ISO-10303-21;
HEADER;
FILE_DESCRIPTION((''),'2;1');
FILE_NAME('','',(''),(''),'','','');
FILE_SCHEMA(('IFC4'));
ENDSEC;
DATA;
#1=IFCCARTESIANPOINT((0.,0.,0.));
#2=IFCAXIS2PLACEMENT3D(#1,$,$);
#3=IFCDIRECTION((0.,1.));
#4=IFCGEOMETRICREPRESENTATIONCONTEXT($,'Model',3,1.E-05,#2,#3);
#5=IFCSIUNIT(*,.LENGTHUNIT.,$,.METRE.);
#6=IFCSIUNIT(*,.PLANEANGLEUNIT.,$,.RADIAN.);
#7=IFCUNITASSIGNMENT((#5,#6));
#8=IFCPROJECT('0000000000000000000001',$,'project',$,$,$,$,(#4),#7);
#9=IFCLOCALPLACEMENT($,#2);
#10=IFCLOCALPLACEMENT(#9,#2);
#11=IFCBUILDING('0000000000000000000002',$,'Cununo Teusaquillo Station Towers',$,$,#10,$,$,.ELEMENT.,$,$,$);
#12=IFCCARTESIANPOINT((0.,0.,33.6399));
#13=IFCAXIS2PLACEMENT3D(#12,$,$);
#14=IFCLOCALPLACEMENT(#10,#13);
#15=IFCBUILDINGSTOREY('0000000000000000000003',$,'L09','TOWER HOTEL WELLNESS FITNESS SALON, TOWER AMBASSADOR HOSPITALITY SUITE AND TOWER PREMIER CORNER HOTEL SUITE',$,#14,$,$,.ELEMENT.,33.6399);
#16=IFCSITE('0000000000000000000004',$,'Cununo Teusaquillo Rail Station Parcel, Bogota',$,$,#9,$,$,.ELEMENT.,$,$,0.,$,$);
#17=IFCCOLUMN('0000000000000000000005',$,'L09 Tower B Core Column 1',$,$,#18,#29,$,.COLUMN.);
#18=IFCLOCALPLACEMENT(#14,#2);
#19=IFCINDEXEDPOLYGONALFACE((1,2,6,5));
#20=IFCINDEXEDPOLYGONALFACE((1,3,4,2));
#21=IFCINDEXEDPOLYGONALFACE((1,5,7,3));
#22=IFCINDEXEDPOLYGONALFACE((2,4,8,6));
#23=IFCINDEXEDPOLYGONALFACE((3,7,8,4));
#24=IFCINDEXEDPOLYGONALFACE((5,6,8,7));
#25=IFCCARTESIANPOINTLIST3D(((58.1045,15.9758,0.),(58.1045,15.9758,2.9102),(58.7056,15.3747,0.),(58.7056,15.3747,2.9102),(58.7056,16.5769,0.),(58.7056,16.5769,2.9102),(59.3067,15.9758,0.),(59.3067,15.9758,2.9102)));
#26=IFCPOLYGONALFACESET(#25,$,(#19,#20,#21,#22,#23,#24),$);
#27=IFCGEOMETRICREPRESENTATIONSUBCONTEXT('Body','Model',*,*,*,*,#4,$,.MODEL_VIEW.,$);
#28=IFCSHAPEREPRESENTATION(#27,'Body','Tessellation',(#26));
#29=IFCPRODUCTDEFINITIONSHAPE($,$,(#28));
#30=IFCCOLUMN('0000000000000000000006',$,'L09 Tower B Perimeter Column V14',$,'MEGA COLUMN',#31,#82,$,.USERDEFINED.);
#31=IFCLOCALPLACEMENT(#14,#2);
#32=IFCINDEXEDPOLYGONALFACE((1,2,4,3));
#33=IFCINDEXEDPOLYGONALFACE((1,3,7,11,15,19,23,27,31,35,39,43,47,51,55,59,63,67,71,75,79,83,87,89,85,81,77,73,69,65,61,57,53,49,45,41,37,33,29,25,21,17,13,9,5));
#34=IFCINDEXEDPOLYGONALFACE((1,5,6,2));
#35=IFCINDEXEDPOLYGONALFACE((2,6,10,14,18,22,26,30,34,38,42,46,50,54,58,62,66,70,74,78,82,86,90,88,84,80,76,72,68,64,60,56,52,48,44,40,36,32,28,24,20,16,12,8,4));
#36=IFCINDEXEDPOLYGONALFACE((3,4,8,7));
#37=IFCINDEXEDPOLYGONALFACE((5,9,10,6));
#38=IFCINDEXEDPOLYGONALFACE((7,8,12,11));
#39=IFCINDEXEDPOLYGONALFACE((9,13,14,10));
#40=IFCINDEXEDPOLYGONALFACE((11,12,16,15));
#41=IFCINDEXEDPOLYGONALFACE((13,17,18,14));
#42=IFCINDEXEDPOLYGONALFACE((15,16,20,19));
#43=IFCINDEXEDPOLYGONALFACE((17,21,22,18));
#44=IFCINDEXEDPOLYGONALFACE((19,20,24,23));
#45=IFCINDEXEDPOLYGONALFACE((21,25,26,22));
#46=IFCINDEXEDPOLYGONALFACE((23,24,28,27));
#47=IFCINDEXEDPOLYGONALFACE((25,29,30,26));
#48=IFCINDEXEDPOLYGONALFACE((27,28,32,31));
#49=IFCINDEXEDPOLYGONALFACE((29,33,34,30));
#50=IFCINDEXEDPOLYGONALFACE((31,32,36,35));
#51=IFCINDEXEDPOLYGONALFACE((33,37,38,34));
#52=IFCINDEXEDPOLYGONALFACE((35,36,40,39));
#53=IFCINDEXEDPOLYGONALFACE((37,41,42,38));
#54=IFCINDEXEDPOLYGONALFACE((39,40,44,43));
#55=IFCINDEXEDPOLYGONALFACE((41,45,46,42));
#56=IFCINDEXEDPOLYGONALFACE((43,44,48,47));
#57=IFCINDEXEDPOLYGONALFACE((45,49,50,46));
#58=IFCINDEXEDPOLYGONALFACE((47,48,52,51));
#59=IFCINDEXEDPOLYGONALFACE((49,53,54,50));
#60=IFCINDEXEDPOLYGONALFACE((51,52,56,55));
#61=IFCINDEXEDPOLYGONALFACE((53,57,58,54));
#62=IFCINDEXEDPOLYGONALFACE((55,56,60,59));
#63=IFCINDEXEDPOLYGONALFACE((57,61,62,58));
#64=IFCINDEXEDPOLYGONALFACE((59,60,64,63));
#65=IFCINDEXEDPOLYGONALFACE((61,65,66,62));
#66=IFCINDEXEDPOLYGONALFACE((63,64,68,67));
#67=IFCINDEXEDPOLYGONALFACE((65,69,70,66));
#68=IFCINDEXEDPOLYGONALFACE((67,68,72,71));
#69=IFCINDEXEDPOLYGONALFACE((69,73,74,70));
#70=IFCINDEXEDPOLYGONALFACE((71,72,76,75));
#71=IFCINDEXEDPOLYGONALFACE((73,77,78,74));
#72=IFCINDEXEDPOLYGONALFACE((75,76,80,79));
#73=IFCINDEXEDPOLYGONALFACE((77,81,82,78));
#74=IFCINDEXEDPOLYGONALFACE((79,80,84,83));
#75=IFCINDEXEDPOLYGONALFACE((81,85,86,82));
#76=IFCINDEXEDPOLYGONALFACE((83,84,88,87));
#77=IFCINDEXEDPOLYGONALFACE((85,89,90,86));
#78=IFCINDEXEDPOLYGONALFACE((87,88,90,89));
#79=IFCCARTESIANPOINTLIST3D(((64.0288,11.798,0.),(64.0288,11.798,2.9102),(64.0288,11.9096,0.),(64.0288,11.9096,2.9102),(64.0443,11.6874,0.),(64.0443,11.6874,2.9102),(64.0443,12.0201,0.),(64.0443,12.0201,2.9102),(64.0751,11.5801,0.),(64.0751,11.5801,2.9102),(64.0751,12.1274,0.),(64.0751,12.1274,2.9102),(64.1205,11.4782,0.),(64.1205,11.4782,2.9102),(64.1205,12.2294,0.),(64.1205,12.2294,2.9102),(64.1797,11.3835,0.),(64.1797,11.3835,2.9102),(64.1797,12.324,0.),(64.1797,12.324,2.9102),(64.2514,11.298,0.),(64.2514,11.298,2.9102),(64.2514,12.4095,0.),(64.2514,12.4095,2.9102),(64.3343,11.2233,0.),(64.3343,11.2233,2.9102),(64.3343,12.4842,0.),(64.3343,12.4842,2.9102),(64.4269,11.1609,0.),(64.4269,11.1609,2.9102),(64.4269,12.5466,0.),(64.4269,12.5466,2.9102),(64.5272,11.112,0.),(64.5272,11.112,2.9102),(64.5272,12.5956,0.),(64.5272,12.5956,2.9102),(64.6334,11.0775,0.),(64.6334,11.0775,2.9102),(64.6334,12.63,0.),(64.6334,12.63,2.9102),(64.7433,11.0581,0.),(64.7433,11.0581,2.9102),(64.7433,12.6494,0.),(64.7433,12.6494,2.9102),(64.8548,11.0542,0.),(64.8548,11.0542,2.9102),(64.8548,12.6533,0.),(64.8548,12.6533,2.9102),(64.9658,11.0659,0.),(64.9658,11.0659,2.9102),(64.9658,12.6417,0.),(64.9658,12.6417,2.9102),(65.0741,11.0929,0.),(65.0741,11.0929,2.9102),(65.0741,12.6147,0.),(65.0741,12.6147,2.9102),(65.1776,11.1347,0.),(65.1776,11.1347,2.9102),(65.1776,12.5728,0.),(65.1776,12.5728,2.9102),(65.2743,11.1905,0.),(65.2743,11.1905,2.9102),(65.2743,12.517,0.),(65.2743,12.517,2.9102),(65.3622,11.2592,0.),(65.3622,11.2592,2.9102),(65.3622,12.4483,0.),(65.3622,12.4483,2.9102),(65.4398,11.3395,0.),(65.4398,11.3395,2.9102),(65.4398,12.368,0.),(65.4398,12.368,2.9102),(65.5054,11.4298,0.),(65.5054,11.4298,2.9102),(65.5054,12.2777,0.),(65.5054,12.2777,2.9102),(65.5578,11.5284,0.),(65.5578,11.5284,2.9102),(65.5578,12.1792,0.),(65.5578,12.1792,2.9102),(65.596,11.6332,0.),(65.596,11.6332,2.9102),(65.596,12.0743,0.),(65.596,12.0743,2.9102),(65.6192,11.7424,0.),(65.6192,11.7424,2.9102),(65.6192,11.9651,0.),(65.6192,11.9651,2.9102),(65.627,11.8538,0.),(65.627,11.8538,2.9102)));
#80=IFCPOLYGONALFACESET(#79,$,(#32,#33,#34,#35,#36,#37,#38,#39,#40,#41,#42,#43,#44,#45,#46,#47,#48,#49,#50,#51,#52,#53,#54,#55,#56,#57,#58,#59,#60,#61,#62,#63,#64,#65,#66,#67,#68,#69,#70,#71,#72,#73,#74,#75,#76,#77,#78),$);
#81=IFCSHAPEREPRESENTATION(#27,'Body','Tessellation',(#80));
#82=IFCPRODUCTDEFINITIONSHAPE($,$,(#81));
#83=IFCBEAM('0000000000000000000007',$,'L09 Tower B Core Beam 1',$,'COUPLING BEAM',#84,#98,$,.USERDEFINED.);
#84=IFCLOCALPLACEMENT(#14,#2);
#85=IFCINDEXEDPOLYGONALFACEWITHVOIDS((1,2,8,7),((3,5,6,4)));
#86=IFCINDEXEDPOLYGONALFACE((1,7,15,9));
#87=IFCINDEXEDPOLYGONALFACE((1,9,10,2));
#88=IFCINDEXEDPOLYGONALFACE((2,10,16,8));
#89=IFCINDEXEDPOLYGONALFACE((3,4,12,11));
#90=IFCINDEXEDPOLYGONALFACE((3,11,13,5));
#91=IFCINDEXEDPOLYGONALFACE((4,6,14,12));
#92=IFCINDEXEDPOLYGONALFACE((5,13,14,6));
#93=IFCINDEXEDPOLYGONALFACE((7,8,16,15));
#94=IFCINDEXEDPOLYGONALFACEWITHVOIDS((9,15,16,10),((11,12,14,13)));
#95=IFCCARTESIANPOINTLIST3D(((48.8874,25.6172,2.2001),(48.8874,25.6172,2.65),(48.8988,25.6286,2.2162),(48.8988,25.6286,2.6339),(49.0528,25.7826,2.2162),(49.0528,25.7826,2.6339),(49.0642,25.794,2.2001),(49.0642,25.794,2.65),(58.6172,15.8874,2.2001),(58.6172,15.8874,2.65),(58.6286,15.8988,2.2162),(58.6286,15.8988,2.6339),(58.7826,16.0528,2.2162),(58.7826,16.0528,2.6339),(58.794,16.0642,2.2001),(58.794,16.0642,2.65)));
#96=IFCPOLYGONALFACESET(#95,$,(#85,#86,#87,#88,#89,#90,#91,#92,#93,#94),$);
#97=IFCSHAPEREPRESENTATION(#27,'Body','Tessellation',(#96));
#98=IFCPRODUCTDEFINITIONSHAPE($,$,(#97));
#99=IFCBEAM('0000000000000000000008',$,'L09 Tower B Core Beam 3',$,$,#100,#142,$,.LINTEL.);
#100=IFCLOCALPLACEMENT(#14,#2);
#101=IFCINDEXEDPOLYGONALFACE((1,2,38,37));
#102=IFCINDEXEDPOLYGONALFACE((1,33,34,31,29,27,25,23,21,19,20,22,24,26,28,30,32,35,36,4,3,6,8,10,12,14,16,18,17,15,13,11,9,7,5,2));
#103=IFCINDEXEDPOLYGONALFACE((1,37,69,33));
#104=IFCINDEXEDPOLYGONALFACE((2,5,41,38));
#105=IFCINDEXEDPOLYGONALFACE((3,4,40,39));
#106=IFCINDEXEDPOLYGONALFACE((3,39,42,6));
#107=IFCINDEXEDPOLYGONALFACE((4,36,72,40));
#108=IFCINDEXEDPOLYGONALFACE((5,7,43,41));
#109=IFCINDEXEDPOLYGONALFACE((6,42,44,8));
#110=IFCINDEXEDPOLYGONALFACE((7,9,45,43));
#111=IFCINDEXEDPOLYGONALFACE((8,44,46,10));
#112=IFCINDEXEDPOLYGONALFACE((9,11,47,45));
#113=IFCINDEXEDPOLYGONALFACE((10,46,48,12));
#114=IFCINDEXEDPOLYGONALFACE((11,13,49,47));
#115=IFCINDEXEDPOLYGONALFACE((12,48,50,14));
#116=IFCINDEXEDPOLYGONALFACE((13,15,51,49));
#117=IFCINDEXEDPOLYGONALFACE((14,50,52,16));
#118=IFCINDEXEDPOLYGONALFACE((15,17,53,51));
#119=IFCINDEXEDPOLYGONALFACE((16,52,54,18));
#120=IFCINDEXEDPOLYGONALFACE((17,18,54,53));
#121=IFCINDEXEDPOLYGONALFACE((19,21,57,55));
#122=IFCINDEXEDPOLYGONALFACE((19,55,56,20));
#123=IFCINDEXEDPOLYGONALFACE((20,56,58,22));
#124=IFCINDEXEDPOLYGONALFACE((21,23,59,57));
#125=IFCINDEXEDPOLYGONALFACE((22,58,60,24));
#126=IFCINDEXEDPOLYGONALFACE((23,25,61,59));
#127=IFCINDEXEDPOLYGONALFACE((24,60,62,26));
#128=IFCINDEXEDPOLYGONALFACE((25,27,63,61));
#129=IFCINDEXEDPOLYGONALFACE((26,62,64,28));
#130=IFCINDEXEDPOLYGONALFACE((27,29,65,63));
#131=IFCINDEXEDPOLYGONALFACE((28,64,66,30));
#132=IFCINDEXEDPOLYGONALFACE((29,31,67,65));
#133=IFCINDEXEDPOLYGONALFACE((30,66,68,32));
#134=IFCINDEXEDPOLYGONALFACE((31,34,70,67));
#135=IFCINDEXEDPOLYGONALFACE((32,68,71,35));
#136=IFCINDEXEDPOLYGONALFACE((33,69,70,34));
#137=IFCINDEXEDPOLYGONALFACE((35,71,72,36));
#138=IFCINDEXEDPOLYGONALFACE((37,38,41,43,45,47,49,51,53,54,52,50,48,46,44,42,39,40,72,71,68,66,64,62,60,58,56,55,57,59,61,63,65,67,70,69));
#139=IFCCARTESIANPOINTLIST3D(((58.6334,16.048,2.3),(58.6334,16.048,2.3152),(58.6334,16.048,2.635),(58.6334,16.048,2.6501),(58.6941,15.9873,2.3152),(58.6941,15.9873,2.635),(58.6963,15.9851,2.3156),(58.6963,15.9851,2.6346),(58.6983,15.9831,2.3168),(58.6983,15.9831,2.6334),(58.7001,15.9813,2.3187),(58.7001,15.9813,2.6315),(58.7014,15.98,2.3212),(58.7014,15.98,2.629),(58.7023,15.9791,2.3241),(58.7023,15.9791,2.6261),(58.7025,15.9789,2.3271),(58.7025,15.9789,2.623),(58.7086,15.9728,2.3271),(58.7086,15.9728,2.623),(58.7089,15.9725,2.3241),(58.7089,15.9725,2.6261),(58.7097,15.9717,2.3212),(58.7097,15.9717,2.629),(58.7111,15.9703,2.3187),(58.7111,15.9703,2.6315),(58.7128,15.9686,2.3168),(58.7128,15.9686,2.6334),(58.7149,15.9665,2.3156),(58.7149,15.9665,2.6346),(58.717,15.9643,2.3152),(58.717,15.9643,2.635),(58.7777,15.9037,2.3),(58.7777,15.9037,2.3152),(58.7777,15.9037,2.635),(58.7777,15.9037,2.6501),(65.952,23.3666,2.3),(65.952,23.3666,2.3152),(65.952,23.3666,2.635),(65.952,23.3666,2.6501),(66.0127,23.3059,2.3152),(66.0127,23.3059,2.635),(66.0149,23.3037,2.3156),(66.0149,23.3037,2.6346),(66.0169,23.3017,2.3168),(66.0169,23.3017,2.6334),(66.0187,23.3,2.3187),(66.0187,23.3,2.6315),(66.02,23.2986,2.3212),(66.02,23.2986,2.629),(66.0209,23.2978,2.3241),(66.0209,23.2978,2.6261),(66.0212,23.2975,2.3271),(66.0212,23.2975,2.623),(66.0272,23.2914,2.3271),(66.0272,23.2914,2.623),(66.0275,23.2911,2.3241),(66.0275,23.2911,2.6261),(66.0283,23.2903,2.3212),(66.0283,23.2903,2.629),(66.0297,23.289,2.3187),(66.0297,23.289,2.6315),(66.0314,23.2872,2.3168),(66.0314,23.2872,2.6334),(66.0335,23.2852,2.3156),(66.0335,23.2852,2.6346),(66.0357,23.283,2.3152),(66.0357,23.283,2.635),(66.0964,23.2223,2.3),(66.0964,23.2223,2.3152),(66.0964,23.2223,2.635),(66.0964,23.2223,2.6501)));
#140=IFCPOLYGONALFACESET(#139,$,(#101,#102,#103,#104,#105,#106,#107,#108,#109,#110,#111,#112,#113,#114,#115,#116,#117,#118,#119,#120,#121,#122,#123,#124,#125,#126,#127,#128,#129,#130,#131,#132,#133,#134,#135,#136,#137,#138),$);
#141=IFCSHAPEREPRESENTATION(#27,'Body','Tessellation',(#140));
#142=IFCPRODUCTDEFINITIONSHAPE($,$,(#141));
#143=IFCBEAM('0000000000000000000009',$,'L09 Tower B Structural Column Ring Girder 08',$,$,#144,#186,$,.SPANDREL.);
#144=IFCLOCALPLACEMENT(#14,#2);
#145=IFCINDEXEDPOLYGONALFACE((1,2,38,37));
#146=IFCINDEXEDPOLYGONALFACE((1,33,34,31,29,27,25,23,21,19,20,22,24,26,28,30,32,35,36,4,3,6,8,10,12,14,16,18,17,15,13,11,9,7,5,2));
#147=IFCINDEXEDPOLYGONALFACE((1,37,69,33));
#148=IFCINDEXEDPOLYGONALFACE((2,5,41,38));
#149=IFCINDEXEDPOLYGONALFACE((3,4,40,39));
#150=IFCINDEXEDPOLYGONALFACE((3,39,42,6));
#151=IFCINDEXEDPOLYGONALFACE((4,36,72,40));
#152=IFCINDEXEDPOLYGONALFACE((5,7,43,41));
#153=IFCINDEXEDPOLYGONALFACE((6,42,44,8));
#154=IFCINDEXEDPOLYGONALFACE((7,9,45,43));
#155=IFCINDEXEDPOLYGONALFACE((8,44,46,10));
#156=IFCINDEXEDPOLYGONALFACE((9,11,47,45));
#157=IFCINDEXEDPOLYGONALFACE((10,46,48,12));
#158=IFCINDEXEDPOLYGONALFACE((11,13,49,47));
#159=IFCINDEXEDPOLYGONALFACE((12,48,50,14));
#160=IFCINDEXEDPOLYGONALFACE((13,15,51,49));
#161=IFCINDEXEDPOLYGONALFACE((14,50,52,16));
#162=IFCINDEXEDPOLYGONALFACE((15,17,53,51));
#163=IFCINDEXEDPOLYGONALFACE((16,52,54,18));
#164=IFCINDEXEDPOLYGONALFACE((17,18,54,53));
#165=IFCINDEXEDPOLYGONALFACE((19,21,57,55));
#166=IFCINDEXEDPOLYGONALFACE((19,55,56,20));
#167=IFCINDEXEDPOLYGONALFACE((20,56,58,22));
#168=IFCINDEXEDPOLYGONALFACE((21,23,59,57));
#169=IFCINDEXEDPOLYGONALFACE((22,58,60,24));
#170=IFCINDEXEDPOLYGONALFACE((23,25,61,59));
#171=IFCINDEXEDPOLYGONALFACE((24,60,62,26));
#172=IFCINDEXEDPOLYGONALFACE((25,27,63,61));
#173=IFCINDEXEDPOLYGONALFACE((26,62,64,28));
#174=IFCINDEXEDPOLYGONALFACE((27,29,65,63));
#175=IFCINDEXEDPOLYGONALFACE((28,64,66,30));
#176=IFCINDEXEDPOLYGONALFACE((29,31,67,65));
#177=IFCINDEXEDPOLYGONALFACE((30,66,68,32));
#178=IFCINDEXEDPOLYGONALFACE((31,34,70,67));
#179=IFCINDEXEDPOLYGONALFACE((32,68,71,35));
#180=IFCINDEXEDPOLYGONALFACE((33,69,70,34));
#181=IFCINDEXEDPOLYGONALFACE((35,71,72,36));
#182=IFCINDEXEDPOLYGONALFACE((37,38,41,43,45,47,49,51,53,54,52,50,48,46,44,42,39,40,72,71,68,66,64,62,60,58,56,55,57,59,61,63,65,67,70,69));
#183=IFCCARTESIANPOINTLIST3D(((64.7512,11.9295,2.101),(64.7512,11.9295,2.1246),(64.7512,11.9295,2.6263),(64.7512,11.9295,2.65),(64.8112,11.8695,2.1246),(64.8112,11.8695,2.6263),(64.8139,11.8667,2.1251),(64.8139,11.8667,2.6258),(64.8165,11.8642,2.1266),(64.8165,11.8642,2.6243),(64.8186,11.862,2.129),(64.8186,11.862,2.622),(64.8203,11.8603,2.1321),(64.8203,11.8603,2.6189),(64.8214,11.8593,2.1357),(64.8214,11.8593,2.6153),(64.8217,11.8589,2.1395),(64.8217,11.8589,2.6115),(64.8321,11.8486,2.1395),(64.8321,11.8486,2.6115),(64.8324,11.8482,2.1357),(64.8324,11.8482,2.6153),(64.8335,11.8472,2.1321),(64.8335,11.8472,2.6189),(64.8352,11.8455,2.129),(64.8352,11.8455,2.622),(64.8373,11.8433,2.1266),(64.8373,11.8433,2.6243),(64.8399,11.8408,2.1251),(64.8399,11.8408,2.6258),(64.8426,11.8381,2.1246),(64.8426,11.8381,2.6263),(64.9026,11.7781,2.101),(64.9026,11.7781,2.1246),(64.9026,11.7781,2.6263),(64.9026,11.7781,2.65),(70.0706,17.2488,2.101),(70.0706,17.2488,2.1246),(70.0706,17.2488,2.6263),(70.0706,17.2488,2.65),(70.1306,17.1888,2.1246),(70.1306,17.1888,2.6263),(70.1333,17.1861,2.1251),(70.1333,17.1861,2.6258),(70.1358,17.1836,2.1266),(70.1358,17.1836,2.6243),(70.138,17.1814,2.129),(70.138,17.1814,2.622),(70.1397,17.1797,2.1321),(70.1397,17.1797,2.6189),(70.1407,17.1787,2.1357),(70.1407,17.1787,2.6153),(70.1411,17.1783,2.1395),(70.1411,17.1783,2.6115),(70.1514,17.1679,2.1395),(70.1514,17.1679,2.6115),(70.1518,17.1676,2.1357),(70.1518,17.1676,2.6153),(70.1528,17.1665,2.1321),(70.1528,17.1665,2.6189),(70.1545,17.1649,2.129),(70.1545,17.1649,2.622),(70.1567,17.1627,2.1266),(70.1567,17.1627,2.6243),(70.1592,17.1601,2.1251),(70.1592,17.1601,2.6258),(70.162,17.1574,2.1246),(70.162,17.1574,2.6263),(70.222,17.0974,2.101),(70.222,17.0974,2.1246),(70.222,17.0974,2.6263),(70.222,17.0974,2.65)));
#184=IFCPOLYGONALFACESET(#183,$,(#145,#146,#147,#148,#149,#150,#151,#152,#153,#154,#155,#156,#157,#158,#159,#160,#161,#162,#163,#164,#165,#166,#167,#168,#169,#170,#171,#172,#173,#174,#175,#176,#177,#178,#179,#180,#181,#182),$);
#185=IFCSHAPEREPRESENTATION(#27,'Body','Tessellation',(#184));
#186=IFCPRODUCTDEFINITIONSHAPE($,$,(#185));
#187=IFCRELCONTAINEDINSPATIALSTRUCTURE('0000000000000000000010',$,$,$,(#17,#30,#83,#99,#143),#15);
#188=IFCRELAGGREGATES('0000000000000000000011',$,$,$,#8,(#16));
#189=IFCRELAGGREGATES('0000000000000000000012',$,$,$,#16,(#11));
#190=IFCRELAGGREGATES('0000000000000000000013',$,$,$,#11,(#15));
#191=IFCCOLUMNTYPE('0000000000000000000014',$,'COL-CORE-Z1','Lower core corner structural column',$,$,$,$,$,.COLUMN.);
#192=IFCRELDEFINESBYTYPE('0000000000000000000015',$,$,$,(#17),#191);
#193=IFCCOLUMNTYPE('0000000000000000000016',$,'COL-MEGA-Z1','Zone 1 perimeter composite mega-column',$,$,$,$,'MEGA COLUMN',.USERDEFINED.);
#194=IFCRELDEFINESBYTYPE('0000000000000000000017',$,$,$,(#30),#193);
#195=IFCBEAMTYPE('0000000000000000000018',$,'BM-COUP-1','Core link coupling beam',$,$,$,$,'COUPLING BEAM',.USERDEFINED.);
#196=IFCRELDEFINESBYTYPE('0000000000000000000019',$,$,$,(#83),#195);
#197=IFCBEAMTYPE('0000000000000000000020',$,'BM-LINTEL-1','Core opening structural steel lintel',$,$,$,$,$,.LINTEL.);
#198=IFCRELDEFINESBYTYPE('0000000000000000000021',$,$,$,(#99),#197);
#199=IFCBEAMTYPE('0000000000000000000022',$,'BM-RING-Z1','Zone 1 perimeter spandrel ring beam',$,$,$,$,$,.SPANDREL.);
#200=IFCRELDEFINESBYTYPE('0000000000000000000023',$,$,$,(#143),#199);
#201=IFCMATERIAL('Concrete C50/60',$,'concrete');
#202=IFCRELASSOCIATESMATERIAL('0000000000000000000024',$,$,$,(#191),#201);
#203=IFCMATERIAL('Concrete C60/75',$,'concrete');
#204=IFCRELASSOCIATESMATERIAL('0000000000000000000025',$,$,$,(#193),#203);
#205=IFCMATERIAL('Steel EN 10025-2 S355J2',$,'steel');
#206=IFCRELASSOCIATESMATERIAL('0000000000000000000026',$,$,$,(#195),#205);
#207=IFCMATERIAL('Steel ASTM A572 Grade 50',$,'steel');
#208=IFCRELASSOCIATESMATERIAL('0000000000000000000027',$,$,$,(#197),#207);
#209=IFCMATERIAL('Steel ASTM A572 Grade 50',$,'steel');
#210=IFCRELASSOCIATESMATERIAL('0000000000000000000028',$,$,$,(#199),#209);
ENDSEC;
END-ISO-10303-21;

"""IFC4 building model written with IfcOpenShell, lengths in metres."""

from ifc_helpers import new_model, si_unit, direction, frame, origin, origin_2d, place, context, subcontext, project, spatial, rectangle, hollow_rectangle, circle, i_section, extrude, material, material_profile, profile_set, type_object, element, save


model = new_model("IFC4")

# Units and contexts
model_context = context("Model", 3, precision=1e-05, world=origin(), true_north=direction((0.0, 1.0)))
body_context = subcontext(model_context, "Body", "Model", "MODEL_VIEW")
ifc_project = project(units=[si_unit("LENGTHUNIT", "METRE"), si_unit("PLANEANGLEUNIT", "RADIAN")], contexts=[model_context])

# Site, building, storey
site_placement = place(None, origin())
site = spatial("IfcSite", under=ifc_project, at=site_placement, Name="Cununo Teusaquillo Rail Station Parcel, Bogota", CompositionType="ELEMENT", RefElevation=0.0)
building_placement = place(site_placement, origin())
building = spatial("IfcBuilding", under=site, at=building_placement, Name="Cununo Teusaquillo Station Towers", CompositionType="ELEMENT")
storey_placement = place(building_placement, frame((0.0, 0.0, 33.6399)))
storey = spatial("IfcBuildingStorey", under=building, at=storey_placement, Name="L09", Description="TOWER HOTEL WELLNESS FITNESS SALON, TOWER AMBASSADOR HOSPITALITY SUITE AND TOWER PREMIER CORNER HOTEL SUITE", CompositionType="ELEMENT", Elevation=33.6399)

# Columns
ifc_material_1 = material(Name="Concrete C50/60", Category="concrete")
ifc_material_profile_1 = material_profile(ifc_material_1, rectangle(XDim=0.8501, YDim=0.8501, at=origin_2d()), Name="RC-RECT-850x850")
ifc_profile_set_1 = profile_set([ifc_material_profile_1], Name="Concrete C50/60")
column_type_1 = type_object("IfcColumnType", Name="COL-CORE-Z1", Description="Lower core corner structural column", PredefinedType="COLUMN", material=ifc_profile_set_1)
column_1_placement = place(storey_placement, frame((58.7056, 15.9758, 0.0), z_axis=(0.0, 0.0, 1.0), x_axis=(0.707107, 0.707107, 0.0)))
element("IfcColumn", 1, at=column_1_placement, inside=storey, type_object=column_type_1, Name="L09 Tower B Core Column 1", PredefinedType="COLUMN", context=body_context, shape_type="SweptSolid", body=[
    extrude(rectangle(XDim=0.8501, YDim=0.8501, at=origin_2d()), origin(), (0.0, 0.0, 1.0), 2.9102),
])
ifc_material_2 = material(Name="Concrete C60/75", Category="concrete")
ifc_material_profile_2 = material_profile(ifc_material_2, circle(Radius=0.8, at=origin_2d()), Name="RC-CIRC-1600")
ifc_profile_set_2 = profile_set([ifc_material_profile_2], Name="Concrete C60/75")
column_type_2 = type_object("IfcColumnType", Name="COL-MEGA-Z1", Description="Zone 1 perimeter composite mega-column", ElementType="MEGA COLUMN", PredefinedType="USERDEFINED", material=ifc_profile_set_2)
column_2_placement = place(storey_placement, frame((64.8269, 11.8538, 0.0), z_axis=(0.0, 0.0, 1.0), x_axis=(1.0, 0.0, 0.0)))
element("IfcColumn", 2, at=column_2_placement, inside=storey, type_object=column_type_2, Name="L09 Tower B Perimeter Column V14", ObjectType="MEGA COLUMN", PredefinedType="USERDEFINED", context=body_context, shape_type="SweptSolid", body=[
    extrude(circle(Radius=0.8, at=origin_2d()), origin(), (0.0, 0.0, 1.0), 2.9102),
])

# Beams
ifc_material_3 = material(Name="Steel EN 10025-2 S355J2", Category="steel")
ifc_material_profile_3 = material_profile(ifc_material_3, hollow_rectangle(XDim=0.25, YDim=0.45, WallThickness=0.0161, at=origin_2d()), Name="RHS 450x250x16")
ifc_profile_set_3 = profile_set([ifc_material_profile_3], Name="Steel EN 10025-2 S355J2")
beam_type_1 = type_object("IfcBeamType", Name="BM-COUP-1", Description="Core link coupling beam", ElementType="COUPLING BEAM", PredefinedType="USERDEFINED", material=ifc_profile_set_3)
beam_1_placement = place(storey_placement, frame((58.7056, 15.9758, 2.425), z_axis=(-0.707107, 0.707107, 0.0), x_axis=(-0.707107, -0.707107, 0.0)))
element("IfcBeam", 3, at=beam_1_placement, inside=storey, type_object=beam_type_1, Name="L09 Tower B Core Beam 1", ObjectType="COUPLING BEAM", PredefinedType="USERDEFINED", context=body_context, shape_type="SweptSolid", body=[
    extrude(hollow_rectangle(XDim=0.25, YDim=0.45, WallThickness=0.0161, at=origin_2d()), origin(), (0.0, 0.0, 1.0), 13.76),
])
ifc_material_4 = material(Name="Steel ASTM A572 Grade 50", Category="steel")
ifc_material_profile_4 = material_profile(ifc_material_4, i_section(OverallWidth=0.2041, OverallDepth=0.3501, WebThickness=0.0085, FlangeThickness=0.0151, FilletRadius=0.012, at=origin_2d()), Name="W14X48")
ifc_profile_set_4 = profile_set([ifc_material_profile_4], Name="Steel ASTM A572 Grade 50")
beam_type_2 = type_object("IfcBeamType", Name="BM-LINTEL-1", Description="Core opening structural steel lintel", PredefinedType="LINTEL", material=ifc_profile_set_4)
beam_2_placement = place(storey_placement, frame((58.7056, 15.9758, 2.4751), z_axis=(0.707107, 0.707107, 0.0), x_axis=(-0.707107, 0.707107, 0.0)))
element("IfcBeam", 4, at=beam_2_placement, inside=storey, type_object=beam_type_2, Name="L09 Tower B Core Beam 3", PredefinedType="LINTEL", context=body_context, shape_type="SweptSolid", body=[
    extrude(i_section(OverallWidth=0.2041, OverallDepth=0.3501, WebThickness=0.0085, FlangeThickness=0.0151, FilletRadius=0.012, at=origin_2d()), origin(), (0.0, 0.0, 1.0), 10.3501),
])
ifc_material_5 = material(Name="Steel ASTM A572 Grade 50", Category="steel")
ifc_material_profile_5 = material_profile(ifc_material_5, i_section(OverallWidth=0.2141, OverallDepth=0.5491, WebThickness=0.0146, FlangeThickness=0.0237, FilletRadius=0.0149, at=origin_2d()), Name="W21X93")
ifc_profile_set_5 = profile_set([ifc_material_profile_5], Name="Steel ASTM A572 Grade 50")
beam_type_3 = type_object("IfcBeamType", Name="BM-RING-Z1", Description="Zone 1 perimeter spandrel ring beam", PredefinedType="SPANDREL", material=ifc_profile_set_5)
beam_3_placement = place(storey_placement, frame((64.8269, 11.8538, 2.3755), z_axis=(0.707107, 0.707107, 0.0), x_axis=(-0.707107, 0.707107, 0.0)))
element("IfcBeam", 5, at=beam_3_placement, inside=storey, type_object=beam_type_3, Name="L09 Tower B Structural Column Ring Girder 08", PredefinedType="SPANDREL", context=body_context, shape_type="SweptSolid", body=[
    extrude(i_section(OverallWidth=0.2141, OverallDepth=0.5491, WebThickness=0.0146, FlangeThickness=0.0237, FilletRadius=0.0149, at=origin_2d()), origin(), (0.0, 0.0, 1.0), 7.5227),
])

save(model, "model.ifc")
